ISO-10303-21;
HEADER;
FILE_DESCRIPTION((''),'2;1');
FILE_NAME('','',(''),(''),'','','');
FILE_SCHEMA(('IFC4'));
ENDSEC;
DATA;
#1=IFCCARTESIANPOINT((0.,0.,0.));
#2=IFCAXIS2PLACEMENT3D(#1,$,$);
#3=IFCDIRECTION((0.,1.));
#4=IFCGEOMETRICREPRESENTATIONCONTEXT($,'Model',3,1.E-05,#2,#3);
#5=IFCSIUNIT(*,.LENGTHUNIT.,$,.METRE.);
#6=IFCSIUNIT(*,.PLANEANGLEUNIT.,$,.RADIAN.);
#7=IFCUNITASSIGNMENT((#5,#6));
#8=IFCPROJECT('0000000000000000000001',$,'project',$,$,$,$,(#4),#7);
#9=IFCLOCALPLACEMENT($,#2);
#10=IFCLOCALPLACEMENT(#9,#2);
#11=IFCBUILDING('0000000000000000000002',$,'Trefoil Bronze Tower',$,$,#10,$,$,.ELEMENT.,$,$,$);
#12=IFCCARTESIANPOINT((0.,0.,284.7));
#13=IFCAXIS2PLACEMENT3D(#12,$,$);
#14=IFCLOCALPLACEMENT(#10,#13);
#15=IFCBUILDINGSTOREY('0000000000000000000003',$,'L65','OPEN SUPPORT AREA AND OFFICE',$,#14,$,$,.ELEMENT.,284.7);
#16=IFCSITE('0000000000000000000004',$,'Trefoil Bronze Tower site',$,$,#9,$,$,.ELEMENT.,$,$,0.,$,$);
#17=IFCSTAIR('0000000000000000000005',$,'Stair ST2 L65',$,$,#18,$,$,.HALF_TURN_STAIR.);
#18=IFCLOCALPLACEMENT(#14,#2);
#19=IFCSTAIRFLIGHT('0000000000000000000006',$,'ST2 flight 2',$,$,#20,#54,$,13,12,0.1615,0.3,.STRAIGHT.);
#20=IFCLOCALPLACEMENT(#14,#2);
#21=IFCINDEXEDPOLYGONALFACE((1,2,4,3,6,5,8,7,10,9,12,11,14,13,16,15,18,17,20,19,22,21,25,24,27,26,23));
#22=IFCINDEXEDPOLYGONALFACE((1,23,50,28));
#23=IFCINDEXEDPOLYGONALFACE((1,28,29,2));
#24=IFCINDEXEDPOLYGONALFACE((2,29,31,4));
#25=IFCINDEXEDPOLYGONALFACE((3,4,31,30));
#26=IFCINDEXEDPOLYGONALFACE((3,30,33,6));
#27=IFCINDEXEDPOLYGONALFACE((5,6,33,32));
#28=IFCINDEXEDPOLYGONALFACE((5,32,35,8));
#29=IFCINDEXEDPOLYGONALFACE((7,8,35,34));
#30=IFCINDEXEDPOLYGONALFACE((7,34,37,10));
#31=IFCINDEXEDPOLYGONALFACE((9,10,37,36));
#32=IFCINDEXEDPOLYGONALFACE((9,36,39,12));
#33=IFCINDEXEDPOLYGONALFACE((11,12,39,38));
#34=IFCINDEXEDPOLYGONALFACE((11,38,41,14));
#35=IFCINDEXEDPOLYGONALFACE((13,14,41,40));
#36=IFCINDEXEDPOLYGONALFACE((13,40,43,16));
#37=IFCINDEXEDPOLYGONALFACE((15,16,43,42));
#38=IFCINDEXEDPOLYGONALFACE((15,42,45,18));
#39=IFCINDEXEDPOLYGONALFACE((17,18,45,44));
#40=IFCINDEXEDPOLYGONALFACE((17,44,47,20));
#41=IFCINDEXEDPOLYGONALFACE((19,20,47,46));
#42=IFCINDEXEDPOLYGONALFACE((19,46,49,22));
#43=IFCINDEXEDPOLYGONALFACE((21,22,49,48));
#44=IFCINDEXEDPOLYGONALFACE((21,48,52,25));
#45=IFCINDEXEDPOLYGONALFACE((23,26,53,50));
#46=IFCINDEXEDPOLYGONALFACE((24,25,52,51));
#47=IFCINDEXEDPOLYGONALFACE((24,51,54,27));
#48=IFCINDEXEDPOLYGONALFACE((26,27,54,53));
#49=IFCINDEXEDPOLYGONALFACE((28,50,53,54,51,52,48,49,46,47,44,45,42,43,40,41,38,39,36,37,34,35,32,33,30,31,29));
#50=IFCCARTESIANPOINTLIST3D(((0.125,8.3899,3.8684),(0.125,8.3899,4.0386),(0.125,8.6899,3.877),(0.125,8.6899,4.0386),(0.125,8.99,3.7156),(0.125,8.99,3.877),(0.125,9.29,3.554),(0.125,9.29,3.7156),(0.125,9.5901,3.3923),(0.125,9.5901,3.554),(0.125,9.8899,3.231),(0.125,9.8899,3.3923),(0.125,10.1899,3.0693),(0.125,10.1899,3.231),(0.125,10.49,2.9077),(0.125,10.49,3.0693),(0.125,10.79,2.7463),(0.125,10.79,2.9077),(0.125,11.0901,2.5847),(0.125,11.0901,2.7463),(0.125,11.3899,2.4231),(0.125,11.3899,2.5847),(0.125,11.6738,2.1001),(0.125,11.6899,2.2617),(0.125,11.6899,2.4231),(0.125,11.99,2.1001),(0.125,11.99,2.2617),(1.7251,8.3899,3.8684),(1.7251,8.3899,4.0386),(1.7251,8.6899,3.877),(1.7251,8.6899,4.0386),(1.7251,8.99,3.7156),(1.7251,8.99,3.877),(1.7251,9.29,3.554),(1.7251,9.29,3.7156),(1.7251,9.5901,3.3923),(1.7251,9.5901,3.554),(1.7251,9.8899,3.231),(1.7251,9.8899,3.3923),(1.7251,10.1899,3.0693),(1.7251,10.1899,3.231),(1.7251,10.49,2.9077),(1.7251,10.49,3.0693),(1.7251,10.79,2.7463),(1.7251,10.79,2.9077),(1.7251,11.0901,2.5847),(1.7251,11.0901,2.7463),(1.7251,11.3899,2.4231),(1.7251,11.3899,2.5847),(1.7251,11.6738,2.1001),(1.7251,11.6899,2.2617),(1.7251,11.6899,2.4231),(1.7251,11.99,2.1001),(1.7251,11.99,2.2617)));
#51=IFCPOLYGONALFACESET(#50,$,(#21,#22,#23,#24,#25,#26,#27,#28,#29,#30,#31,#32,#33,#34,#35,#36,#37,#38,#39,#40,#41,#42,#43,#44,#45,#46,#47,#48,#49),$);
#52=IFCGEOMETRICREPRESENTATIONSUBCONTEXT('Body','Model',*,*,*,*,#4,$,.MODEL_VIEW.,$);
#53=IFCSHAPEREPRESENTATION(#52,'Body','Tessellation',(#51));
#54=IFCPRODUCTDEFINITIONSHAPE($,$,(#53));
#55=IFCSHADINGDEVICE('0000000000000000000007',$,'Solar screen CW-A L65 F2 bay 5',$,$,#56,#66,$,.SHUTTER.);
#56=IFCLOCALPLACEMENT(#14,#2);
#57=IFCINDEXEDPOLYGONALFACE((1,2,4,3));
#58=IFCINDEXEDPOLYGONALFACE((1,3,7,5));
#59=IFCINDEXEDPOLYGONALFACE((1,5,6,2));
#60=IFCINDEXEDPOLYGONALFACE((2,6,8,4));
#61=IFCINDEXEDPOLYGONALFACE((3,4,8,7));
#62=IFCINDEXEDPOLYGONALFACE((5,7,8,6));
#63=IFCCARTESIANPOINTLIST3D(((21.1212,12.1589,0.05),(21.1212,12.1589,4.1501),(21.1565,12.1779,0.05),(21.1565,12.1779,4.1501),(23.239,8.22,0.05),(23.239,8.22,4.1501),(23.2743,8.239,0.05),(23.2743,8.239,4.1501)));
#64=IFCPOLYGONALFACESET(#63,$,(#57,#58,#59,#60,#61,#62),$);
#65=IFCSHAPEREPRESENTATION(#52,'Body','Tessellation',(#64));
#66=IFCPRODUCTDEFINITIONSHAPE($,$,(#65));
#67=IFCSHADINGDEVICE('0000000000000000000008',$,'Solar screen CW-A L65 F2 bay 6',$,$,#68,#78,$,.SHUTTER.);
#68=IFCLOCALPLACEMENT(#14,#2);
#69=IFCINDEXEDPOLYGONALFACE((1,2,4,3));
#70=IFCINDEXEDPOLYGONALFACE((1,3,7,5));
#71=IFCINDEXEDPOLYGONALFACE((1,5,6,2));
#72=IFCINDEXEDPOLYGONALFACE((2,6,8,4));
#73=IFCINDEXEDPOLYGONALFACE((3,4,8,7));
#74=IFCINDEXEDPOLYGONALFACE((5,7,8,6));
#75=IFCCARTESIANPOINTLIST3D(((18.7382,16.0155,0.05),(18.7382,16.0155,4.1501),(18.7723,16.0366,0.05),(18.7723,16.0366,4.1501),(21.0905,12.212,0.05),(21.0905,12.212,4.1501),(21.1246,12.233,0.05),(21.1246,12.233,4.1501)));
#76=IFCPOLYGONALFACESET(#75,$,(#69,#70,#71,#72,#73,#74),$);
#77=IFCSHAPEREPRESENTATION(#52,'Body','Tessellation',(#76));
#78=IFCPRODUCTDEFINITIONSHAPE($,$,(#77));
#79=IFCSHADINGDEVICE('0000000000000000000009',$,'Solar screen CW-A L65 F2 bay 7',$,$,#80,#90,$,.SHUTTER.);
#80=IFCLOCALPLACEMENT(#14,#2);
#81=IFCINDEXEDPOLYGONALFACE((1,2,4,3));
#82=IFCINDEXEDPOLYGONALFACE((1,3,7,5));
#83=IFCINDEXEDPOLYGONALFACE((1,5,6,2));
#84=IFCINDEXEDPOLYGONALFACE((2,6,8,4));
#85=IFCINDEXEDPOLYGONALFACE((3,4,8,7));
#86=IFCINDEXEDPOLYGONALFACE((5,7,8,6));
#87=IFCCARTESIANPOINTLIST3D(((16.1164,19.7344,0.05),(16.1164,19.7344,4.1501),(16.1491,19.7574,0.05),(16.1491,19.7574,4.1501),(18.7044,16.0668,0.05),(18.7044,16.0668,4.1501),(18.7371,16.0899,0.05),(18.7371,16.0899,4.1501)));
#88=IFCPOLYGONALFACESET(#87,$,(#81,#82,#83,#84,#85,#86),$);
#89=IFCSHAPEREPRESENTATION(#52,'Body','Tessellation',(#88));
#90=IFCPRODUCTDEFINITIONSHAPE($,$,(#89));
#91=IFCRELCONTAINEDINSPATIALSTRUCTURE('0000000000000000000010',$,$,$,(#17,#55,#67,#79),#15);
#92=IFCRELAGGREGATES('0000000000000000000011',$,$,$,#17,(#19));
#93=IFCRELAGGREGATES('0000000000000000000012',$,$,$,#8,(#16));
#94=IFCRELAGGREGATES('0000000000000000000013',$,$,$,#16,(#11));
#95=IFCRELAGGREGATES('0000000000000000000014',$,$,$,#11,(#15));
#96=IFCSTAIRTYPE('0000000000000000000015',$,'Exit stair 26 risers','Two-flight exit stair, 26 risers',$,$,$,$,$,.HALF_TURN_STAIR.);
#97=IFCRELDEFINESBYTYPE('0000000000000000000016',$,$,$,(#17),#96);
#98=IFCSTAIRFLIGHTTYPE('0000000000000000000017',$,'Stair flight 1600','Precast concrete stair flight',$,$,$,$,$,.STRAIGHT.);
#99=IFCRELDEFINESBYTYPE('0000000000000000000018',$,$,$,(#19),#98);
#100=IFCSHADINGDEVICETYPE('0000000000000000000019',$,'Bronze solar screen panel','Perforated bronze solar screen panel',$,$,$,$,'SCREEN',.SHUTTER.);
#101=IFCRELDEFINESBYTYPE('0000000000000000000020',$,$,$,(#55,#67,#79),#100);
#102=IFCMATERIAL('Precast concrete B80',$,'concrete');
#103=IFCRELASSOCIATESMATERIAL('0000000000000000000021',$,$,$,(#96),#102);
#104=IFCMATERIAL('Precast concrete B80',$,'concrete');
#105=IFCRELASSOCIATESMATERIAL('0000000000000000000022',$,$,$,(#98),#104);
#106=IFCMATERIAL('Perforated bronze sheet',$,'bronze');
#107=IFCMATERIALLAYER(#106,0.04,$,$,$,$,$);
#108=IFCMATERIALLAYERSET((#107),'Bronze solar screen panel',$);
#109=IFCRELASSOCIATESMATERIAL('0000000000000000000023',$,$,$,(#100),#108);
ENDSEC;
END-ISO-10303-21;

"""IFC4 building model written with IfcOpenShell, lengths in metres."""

from ifc_helpers import new_model, si_unit, direction, frame, origin, origin_2d, place, context, subcontext, project, spatial, polyline, rectangle, outline, extrude, material, layer, layer_set, type_object, element, aggregate, save


model = new_model("IFC4")

# Units and contexts
model_context = context("Model", 3, precision=1e-05, world=origin(), true_north=direction((0.0, 1.0)))
body_context = subcontext(model_context, "Body", "Model", "MODEL_VIEW")
ifc_project = project(units=[si_unit("LENGTHUNIT", "METRE"), si_unit("PLANEANGLEUNIT", "RADIAN")], contexts=[model_context])

# Site, building, storey
site_placement = place(None, origin())
site = spatial("IfcSite", under=ifc_project, at=site_placement, Name="Trefoil Bronze Tower site", CompositionType="ELEMENT", RefElevation=0.0)
building_placement = place(site_placement, origin())
building = spatial("IfcBuilding", under=site, at=building_placement, Name="Trefoil Bronze Tower", CompositionType="ELEMENT")
storey_placement = place(building_placement, frame((0.0, 0.0, 284.7)))
storey = spatial("IfcBuildingStorey", under=building, at=storey_placement, Name="L65", Description="OPEN SUPPORT AREA AND OFFICE", CompositionType="ELEMENT", Elevation=284.7)

# Stair, stair flight
ifc_material_1 = material(Name="Precast concrete B80", Category="concrete")
stair_type = type_object("IfcStairType", Name="Exit stair 26 risers", Description="Two-flight exit stair, 26 risers", PredefinedType="HALF_TURN_STAIR", material=ifc_material_1)
stair_placement = place(storey_placement, origin())
stair = element("IfcStair", 1, at=stair_placement, inside=storey, type_object=stair_type, Name="Stair ST2 L65", PredefinedType="HALF_TURN_STAIR")
ifc_material_2 = material(Name="Precast concrete B80", Category="concrete")
stair_flight_type = type_object("IfcStairFlightType", Name="Stair flight 1600", Description="Precast concrete stair flight", PredefinedType="STRAIGHT", material=ifc_material_2)
stair_flight_placement = place(storey_placement, frame((0.925, 11.99, 2.1001), z_axis=(0.0, 0.0, 1.0), x_axis=(0.0, -1.0, 0.0)))
stair_flight = element("IfcStairFlight", 2, at=stair_flight_placement, type_object=stair_flight_type, Name="ST2 flight 2", NumberOfRisers=13, NumberOfTreads=12, PredefinedType="STRAIGHT", RiserHeight=0.1615, TreadLength=0.3, context=body_context, shape_type="SweptSolid", body=[
    extrude(outline(polyline([(0.0, 0.0), (0.0, 0.1616), (0.3, 0.1616), (0.3, 0.323), (0.6001, 0.323), (0.6001, 0.4846), (0.8999, 0.4846), (0.8999, 0.6462), (1.2, 0.6462), (1.2, 0.8076), (1.5, 0.8076), (1.5, 0.9692), (1.8, 0.9692), (1.8, 1.1309), (2.1001, 1.1309), (2.1001, 1.2922), (2.3999, 1.2922), (2.3999, 1.4539), (2.7, 1.4539), (2.7, 1.6155), (3.0, 1.6155), (3.0, 1.7769), (3.3, 1.7769), (3.3, 1.9385), (3.6001, 1.9385), (3.6001, 2.1001), (3.6001, 1.7683), (0.3162, 0.0), (0.0, 0.0)])), frame((0.0, 0.8, 0.0), z_axis=(0.0, -1.0, 0.0), x_axis=(1.0, 0.0, 0.0)), (0.0, 0.0, 1.0), 1.6001),
])
aggregate(stair, [stair_flight])

# Shading devices
ifc_material_3 = material(Name="Perforated bronze sheet", Category="bronze")
ifc_layer_1 = layer(ifc_material_3, 0.04)
ifc_layer_set_1 = layer_set([ifc_layer_1], Name="Bronze solar screen panel")
shading_device_type = type_object("IfcShadingDeviceType", Name="Bronze solar screen panel", Description="Perforated bronze solar screen panel", ElementType="SCREEN", PredefinedType="SHUTTER", material=ifc_layer_set_1)
for number, where, z_axis, x_axis, name in (
    (3, (22.1978, 10.199, 0.05), (0.0, 0.0, 1.0), (-0.473562, 0.88076, 0.0), "Solar screen CW-A L65 F2 bay 5"),
    (4, (19.9314, 14.1243, 0.05), (0.0, 0.0, 1.0), (-0.52598, 0.850497, 0.0), "Solar screen CW-A L65 F2 bay 6"),
):
    element("IfcShadingDevice", number, at=place(storey_placement, frame(where, z_axis=z_axis, x_axis=x_axis)), inside=storey, type_object=shading_device_type, Name=name, PredefinedType="SHUTTER", context=body_context, shape_type="SweptSolid", body=[
        extrude(rectangle(XDim=4.4722, YDim=0.04, at=origin_2d()), origin(), (0.0, 0.0, 1.0), 4.1001),
    ])
shading_device_placement = place(storey_placement, frame((17.4268, 17.9121, 0.05), z_axis=(0.0, 0.0, 1.0), x_axis=(-0.576561, 0.817054, 0.0)))
element("IfcShadingDevice", 5, at=shading_device_placement, inside=storey, type_object=shading_device_type, Name="Solar screen CW-A L65 F2 bay 7", PredefinedType="SHUTTER", context=body_context, shape_type="SweptSolid", body=[
    extrude(rectangle(XDim=4.4888, YDim=0.04, at=origin_2d()), origin(), (0.0, 0.0, 1.0), 4.1001),
])

save(model, "model.ifc")
